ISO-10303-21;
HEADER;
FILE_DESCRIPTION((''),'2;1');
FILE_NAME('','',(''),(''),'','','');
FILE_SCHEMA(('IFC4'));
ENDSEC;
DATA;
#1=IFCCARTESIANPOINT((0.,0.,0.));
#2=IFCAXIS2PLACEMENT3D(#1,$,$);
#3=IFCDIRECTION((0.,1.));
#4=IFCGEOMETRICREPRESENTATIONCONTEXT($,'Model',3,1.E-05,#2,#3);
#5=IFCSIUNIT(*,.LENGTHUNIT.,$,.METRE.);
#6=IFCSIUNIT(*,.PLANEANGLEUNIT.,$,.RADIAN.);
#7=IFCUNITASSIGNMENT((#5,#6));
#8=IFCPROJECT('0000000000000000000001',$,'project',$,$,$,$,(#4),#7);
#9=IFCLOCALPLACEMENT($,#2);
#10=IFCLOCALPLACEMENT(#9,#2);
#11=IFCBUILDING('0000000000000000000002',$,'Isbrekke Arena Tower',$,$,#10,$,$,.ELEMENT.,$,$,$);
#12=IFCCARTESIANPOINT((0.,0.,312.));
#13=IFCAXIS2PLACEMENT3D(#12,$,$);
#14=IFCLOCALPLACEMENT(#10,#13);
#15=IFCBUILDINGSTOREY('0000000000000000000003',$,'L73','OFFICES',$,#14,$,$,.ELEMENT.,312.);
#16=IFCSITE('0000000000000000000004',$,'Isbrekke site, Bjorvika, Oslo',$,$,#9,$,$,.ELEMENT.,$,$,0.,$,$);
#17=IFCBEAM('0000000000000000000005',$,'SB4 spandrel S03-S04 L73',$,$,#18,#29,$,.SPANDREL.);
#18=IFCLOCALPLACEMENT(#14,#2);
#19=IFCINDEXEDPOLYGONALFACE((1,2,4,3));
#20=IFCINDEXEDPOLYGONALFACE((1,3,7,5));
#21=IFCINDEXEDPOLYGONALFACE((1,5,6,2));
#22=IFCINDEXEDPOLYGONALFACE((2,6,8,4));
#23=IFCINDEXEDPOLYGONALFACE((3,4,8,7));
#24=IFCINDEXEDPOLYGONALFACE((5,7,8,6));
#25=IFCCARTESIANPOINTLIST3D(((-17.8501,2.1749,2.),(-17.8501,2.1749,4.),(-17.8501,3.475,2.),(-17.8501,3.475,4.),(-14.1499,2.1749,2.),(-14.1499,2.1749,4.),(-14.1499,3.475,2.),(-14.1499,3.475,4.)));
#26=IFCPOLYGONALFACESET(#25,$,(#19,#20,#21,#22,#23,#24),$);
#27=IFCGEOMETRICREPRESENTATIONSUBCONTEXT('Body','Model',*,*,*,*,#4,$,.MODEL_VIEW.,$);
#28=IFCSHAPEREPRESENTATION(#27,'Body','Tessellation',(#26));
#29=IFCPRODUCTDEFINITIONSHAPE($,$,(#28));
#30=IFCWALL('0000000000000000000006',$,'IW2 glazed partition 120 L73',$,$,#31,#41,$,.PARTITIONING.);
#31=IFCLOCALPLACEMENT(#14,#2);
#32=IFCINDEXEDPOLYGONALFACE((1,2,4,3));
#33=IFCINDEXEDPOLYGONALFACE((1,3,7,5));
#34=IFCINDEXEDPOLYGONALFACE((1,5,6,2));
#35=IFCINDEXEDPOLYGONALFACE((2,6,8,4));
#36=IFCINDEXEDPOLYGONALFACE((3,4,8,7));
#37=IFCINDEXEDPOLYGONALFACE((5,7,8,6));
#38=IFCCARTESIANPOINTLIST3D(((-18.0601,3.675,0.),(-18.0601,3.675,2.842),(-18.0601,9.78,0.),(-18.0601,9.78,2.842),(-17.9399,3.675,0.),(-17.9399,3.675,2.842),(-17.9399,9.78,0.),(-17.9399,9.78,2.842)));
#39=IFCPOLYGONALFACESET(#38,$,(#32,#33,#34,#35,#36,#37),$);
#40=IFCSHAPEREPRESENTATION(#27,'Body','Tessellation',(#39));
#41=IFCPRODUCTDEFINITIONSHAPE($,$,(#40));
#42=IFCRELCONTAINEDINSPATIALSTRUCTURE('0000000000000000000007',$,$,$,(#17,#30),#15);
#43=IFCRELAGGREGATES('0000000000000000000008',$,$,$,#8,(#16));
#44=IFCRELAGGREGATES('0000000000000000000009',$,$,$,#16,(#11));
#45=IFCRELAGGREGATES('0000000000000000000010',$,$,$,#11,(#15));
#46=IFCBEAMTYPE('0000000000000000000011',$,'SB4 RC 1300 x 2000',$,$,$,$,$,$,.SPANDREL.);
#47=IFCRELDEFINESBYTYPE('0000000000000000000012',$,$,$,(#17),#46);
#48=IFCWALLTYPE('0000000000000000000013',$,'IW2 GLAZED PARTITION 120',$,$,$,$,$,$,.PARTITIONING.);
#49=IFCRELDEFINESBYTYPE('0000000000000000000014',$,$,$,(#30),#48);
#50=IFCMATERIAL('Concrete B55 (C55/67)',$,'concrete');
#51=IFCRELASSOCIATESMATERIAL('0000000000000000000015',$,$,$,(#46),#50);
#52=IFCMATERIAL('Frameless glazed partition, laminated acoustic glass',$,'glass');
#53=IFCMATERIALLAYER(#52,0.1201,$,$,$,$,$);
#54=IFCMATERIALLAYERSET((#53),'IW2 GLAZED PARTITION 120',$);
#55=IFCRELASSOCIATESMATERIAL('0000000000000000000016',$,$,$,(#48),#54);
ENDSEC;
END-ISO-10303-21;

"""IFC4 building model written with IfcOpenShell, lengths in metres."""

from ifc_helpers import new_model, si_unit, direction, frame, frame_2d, origin, origin_2d, place, context, subcontext, project, spatial, rectangle, extrude, material, layer, layer_set, material_profile, profile_set, type_object, element, save


model = new_model("IFC4")

# Units and contexts
model_context = context("Model", 3, precision=1e-05, world=origin(), true_north=direction((0.0, 1.0)))
body_context = subcontext(model_context, "Body", "Model", "MODEL_VIEW")
ifc_project = project(units=[si_unit("LENGTHUNIT", "METRE"), si_unit("PLANEANGLEUNIT", "RADIAN")], contexts=[model_context])

# Site, building, storey
site_placement = place(None, origin())
site = spatial("IfcSite", under=ifc_project, at=site_placement, Name="Isbrekke site, Bjorvika, Oslo", CompositionType="ELEMENT", RefElevation=0.0)
building_placement = place(site_placement, origin())
building = spatial("IfcBuilding", under=site, at=building_placement, Name="Isbrekke Arena Tower", CompositionType="ELEMENT")
storey_placement = place(building_placement, frame((0.0, 0.0, 312.0)))
storey = spatial("IfcBuildingStorey", under=building, at=storey_placement, Name="L73", Description="OFFICES", CompositionType="ELEMENT", Elevation=312.0)

# Beam
ifc_material_1 = material(Name="Concrete B55 (C55/67)", Category="concrete")
ifc_material_profile_1 = material_profile(ifc_material_1, rectangle(XDim=1.3, YDim=2.0, at=origin_2d()), Name="RC 1300x2000")
ifc_profile_set_1 = profile_set([ifc_material_profile_1], Name="Concrete B55 (C55/67)")
beam_type_1 = type_object("IfcBeamType", Name="SB4 RC 1300 x 2000", PredefinedType="SPANDREL", material=ifc_profile_set_1)
for number, where, z_axis, x_axis, name in (
    (1, (-17.8501, 2.825, 3.0), (1.0, 0.0, 0.0), (0.0, 1.0, 0.0), "SB4 spandrel S03-S04 L73"),
):
    element("IfcBeam", number, at=place(storey_placement, frame(where, z_axis=z_axis, x_axis=x_axis)), inside=storey, type_object=beam_type_1, Name=name, PredefinedType="SPANDREL", context=body_context, shape_type="SweptSolid", body=[
        extrude(rectangle(XDim=1.3, YDim=2.0, at=origin_2d()), origin(), (0.0, 0.0, 1.0), 3.7002),
    ])

# Wall
ifc_material_2 = material(Name="Frameless glazed partition, laminated acoustic glass", Category="glass")
ifc_layer = layer(ifc_material_2, 0.1201)
ifc_layer_set = layer_set([ifc_layer], Name="IW2 GLAZED PARTITION 120")
wall_type = type_object("IfcWallType", Name="IW2 GLAZED PARTITION 120", PredefinedType="PARTITIONING", material=ifc_layer_set)
wall_placement = place(storey_placement, frame((-18.0, 3.675, 0.0), z_axis=(0.0, 0.0, 1.0), x_axis=(0.0, 1.0, 0.0)))
element("IfcWall", 2, at=wall_placement, inside=storey, type_object=wall_type, Name="IW2 glazed partition 120 L73", PredefinedType="PARTITIONING", context=body_context, shape_type="SweptSolid", body=[
    extrude(rectangle(XDim=6.105, YDim=0.1201, at=frame_2d((3.0525, 0.0))), origin(), (0.0, 0.0, 1.0), 2.842),
])

save(model, "model.ifc")
